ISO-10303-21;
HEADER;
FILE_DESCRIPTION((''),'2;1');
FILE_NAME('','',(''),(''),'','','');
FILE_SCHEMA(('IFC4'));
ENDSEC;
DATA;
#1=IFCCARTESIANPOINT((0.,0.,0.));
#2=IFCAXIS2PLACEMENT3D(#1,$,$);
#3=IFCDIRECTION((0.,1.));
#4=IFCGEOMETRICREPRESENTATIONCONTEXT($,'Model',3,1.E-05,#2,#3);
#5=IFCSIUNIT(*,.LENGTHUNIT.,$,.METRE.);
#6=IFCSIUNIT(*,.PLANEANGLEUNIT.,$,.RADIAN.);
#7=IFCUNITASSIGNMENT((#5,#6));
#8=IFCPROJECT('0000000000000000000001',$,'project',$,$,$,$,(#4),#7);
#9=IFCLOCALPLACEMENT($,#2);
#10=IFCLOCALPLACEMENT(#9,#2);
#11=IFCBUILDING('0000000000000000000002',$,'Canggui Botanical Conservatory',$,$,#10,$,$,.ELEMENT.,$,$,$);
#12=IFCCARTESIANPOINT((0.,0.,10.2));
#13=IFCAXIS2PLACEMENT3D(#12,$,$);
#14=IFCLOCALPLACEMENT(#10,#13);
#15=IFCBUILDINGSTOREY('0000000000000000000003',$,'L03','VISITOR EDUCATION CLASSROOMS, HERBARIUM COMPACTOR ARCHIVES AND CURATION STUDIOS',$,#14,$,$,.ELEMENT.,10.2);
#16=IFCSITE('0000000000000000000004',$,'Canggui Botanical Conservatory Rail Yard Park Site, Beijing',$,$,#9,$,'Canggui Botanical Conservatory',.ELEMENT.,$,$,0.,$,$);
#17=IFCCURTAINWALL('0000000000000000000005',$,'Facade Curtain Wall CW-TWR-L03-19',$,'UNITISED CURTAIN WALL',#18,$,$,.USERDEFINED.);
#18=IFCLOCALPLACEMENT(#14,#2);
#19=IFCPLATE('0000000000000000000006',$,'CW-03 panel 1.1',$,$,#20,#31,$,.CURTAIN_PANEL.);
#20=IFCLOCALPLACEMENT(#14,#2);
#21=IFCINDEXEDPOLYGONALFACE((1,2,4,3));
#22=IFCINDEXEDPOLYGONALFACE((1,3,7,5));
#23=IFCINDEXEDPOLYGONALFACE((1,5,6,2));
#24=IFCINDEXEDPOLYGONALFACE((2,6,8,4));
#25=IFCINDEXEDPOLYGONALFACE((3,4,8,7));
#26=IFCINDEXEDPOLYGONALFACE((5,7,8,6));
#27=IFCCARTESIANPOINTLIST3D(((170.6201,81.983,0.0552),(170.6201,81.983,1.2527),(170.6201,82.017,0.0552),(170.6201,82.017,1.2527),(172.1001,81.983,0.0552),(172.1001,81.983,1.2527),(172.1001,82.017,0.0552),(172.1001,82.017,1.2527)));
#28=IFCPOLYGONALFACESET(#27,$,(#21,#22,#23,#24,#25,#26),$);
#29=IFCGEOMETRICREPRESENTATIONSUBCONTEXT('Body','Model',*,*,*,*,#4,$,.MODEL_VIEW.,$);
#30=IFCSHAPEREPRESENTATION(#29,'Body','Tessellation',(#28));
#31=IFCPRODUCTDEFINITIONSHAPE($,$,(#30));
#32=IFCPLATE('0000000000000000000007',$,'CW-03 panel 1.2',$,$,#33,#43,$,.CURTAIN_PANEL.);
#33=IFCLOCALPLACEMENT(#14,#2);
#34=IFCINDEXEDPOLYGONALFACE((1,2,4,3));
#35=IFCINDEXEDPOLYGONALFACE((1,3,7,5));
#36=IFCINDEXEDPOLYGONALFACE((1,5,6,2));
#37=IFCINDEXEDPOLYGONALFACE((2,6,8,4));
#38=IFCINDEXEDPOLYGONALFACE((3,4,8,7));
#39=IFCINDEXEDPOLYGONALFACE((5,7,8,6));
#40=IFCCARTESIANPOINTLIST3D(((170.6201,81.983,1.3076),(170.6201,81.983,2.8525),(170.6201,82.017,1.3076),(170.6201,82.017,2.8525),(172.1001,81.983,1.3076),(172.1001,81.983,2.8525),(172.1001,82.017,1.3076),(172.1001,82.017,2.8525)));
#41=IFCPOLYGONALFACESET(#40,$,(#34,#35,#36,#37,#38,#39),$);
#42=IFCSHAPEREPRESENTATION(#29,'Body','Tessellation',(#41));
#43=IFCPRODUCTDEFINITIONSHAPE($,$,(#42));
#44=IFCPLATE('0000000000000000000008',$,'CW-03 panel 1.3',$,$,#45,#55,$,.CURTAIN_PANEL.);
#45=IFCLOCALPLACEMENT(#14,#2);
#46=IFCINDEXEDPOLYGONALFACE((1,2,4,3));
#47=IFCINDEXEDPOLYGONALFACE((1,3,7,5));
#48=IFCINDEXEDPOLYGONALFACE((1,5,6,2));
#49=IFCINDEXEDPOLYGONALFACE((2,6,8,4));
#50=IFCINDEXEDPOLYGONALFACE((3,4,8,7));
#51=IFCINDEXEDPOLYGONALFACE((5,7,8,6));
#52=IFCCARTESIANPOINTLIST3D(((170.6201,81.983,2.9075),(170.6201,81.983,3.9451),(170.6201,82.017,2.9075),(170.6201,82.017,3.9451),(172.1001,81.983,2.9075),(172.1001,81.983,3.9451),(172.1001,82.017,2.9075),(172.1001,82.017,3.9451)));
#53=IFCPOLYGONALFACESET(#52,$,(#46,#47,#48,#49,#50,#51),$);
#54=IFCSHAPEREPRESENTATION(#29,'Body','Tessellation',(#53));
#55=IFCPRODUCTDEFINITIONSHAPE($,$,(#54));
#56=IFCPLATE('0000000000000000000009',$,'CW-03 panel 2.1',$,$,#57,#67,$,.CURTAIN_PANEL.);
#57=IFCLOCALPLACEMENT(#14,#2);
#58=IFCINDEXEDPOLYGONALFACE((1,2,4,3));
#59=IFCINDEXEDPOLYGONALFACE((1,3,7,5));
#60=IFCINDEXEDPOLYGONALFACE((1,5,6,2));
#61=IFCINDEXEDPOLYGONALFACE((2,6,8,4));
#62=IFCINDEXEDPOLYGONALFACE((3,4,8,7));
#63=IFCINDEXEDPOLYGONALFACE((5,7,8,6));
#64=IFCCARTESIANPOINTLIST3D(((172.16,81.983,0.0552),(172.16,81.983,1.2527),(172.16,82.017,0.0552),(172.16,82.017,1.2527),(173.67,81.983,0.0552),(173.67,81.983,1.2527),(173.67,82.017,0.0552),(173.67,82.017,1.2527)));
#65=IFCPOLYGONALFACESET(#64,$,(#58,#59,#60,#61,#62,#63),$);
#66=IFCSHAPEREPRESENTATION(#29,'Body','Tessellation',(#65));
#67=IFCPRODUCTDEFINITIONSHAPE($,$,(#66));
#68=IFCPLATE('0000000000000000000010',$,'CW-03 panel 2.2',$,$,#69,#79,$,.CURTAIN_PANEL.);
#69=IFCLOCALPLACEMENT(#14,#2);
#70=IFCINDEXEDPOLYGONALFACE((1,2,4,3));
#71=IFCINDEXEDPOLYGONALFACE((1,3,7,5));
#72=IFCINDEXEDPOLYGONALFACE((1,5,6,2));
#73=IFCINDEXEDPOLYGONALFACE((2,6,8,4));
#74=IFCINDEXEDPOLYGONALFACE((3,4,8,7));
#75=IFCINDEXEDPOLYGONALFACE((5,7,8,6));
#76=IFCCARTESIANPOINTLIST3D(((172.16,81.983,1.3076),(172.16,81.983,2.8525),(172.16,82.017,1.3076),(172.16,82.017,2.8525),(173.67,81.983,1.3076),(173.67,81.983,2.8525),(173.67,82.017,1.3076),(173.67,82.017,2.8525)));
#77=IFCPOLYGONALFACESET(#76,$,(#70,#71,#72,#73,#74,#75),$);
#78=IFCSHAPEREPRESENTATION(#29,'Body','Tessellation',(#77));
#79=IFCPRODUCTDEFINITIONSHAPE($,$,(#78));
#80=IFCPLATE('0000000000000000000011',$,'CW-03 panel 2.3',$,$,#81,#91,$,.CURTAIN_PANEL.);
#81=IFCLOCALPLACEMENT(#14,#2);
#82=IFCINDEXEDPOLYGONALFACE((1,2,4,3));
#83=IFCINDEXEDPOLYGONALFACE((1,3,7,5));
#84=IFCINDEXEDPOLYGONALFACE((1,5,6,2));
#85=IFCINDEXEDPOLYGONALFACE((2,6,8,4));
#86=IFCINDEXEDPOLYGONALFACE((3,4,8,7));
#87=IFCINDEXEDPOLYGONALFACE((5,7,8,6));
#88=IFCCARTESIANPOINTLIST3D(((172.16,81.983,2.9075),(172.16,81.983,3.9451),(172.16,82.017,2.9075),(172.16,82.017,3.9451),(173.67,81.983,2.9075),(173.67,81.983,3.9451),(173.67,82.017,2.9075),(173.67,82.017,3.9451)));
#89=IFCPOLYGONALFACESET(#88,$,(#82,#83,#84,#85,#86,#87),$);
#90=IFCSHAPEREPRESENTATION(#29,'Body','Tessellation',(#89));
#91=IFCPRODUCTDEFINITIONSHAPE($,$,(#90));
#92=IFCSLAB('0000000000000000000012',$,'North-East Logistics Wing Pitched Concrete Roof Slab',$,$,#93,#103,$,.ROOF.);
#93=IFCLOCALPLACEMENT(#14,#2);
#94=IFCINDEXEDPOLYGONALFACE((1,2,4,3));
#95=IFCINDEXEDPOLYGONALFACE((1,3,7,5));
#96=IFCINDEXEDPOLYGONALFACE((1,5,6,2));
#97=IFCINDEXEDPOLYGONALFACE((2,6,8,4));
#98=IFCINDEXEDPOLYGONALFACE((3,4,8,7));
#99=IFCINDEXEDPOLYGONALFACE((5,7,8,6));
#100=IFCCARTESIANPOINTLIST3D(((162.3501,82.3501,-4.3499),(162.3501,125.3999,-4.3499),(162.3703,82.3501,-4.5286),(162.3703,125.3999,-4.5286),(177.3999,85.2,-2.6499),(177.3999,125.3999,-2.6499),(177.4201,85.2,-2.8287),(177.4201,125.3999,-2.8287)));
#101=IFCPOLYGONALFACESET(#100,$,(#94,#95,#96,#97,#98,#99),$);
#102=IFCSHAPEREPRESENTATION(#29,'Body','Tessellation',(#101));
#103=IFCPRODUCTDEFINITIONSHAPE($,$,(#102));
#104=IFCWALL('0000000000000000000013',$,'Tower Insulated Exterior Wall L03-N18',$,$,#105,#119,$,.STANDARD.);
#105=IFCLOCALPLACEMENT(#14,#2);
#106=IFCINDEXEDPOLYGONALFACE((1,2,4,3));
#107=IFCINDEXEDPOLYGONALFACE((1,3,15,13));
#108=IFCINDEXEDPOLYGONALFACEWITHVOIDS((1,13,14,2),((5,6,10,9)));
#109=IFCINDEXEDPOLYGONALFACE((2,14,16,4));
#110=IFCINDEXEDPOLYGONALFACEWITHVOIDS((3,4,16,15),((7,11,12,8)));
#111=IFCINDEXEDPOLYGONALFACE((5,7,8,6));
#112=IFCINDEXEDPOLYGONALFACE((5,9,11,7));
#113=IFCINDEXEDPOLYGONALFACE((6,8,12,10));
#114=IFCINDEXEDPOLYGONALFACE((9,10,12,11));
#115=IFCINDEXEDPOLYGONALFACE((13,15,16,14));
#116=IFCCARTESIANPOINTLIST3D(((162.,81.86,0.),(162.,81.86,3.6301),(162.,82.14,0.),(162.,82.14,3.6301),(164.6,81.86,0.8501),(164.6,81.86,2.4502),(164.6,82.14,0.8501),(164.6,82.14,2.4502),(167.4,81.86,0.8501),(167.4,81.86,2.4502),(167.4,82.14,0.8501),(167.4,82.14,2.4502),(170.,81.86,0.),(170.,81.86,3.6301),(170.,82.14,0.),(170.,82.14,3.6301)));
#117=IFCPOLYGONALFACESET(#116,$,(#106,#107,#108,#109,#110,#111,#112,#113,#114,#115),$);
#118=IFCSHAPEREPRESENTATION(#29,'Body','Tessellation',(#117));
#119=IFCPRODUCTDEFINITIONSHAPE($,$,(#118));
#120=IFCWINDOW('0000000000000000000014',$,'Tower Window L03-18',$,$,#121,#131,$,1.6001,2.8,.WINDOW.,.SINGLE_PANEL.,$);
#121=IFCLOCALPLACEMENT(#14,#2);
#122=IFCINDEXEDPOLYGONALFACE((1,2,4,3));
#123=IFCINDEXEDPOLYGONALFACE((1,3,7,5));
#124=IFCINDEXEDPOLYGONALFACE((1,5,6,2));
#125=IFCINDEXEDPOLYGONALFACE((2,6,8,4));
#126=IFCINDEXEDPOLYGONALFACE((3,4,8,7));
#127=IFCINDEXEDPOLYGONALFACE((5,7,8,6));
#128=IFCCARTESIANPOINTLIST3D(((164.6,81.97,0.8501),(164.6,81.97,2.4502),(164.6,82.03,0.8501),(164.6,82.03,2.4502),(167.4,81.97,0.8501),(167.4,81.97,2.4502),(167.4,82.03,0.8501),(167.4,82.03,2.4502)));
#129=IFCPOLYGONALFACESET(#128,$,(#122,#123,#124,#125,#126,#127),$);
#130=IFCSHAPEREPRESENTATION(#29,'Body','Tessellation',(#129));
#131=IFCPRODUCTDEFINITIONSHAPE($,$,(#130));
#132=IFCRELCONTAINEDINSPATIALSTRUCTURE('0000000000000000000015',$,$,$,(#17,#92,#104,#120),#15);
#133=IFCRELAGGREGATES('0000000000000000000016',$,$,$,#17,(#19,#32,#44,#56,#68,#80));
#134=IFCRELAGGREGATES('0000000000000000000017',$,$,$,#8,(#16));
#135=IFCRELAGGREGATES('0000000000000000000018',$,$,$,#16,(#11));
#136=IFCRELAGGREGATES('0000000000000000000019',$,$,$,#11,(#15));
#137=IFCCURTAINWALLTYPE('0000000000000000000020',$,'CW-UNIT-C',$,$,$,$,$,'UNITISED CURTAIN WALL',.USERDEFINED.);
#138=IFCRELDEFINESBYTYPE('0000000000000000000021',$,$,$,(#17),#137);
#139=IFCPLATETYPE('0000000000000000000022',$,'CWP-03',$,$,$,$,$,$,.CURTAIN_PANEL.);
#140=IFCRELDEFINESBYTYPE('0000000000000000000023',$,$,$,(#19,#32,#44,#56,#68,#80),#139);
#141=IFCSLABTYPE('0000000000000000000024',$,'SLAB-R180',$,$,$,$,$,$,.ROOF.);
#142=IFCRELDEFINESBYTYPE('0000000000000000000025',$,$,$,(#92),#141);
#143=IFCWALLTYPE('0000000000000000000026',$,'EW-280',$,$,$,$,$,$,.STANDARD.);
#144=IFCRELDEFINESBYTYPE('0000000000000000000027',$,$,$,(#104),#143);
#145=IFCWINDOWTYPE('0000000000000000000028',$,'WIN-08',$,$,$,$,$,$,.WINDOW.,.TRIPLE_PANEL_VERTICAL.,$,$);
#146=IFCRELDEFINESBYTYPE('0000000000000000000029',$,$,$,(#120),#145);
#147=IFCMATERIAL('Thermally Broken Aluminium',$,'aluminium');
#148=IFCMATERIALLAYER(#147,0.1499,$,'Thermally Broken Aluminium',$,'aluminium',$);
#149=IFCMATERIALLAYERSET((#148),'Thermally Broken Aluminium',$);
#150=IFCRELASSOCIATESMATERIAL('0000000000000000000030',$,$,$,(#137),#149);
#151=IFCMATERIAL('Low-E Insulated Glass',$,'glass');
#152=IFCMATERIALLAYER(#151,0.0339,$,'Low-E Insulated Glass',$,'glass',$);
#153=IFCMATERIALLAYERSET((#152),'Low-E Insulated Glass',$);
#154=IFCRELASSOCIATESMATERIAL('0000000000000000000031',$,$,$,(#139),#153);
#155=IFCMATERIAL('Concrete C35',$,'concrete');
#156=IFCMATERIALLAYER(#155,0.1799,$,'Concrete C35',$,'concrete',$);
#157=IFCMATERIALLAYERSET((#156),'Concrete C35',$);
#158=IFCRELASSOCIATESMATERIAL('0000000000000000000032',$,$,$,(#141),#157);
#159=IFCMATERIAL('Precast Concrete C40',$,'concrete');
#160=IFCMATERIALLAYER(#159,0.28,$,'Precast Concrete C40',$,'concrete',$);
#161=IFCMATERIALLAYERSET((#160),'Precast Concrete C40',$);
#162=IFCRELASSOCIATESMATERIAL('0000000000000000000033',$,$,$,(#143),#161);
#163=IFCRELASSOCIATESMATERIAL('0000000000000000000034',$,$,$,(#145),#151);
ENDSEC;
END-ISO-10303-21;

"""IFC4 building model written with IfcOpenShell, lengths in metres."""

from ifc_helpers import new_model, si_unit, direction, frame, frame_2d, origin, origin_2d, place, context, subcontext, project, spatial, polyline, rectangle, outline, extrude, material, layer, layer_set, type_object, element, fill, aggregate, save


model = new_model("IFC4")

# Units and contexts
model_context = context("Model", 3, precision=1e-05, world=origin(), true_north=direction((0.0, 1.0)))
body_context = subcontext(model_context, "Body", "Model", "MODEL_VIEW")
ifc_project = project(units=[si_unit("LENGTHUNIT", "METRE"), si_unit("PLANEANGLEUNIT", "RADIAN")], contexts=[model_context])

# Site, building, storey
site_placement = place(None, origin())
site = spatial("IfcSite", under=ifc_project, at=site_placement, Name="Canggui Botanical Conservatory Rail Yard Park Site, Beijing", LongName="Canggui Botanical Conservatory", CompositionType="ELEMENT", RefElevation=0.0)
building_placement = place(site_placement, origin())
building = spatial("IfcBuilding", under=site, at=building_placement, Name="Canggui Botanical Conservatory", CompositionType="ELEMENT")
storey_placement = place(building_placement, frame((0.0, 0.0, 10.2)))
storey = spatial("IfcBuildingStorey", under=building, at=storey_placement, Name="L03", Description="VISITOR EDUCATION CLASSROOMS, HERBARIUM COMPACTOR ARCHIVES AND CURATION STUDIOS", CompositionType="ELEMENT", Elevation=10.2)

# Shared definitions
ifc_material_1 = material(Name="Concrete C35", Category="concrete")

# Curtain wall, plates
ifc_material_2 = material(Name="Thermally Broken Aluminium", Category="aluminium")
ifc_layer_1 = layer(ifc_material_2, 0.1499, Name="Thermally Broken Aluminium", Category="aluminium")
ifc_layer_set_1 = layer_set([ifc_layer_1], Name="Thermally Broken Aluminium")
curtain_wall_type = type_object("IfcCurtainWallType", Name="CW-UNIT-C", ElementType="UNITISED CURTAIN WALL", PredefinedType="USERDEFINED", material=ifc_layer_set_1)
curtain_wall_placement = place(storey_placement, origin())
curtain_wall = element("IfcCurtainWall", 1, at=curtain_wall_placement, inside=storey, type_object=curtain_wall_type, Name="Facade Curtain Wall CW-TWR-L03-19", ObjectType="UNITISED CURTAIN WALL", PredefinedType="USERDEFINED")
ifc_material_3 = material(Name="Low-E Insulated Glass", Category="glass")
ifc_layer_2 = layer(ifc_material_3, 0.0339, Name="Low-E Insulated Glass", Category="glass")
ifc_layer_set_2 = layer_set([ifc_layer_2], Name="Low-E Insulated Glass")
plate_type = type_object("IfcPlateType", Name="CWP-03", PredefinedType="CURTAIN_PANEL", material=ifc_layer_set_2)
plate_1_placement = place(storey_placement, frame((171.3601, 82.0, 0.0552), z_axis=(0.0, 0.0, 1.0), x_axis=(1.0, 0.0, 0.0)))
plate_1 = element("IfcPlate", 2, at=plate_1_placement, type_object=plate_type, Name="CW-03 panel 1.1", PredefinedType="CURTAIN_PANEL", context=body_context, shape_type="SweptSolid", body=[
    extrude(rectangle(XDim=1.48, YDim=0.0339, at=origin_2d()), origin(), (0.0, 0.0, 1.0), 1.1975),
])
plate_2_placement = place(storey_placement, frame((171.3601, 82.0, 1.3076), z_axis=(0.0, 0.0, 1.0), x_axis=(1.0, 0.0, 0.0)))
plate_2 = element("IfcPlate", 3, at=plate_2_placement, type_object=plate_type, Name="CW-03 panel 1.2", PredefinedType="CURTAIN_PANEL", context=body_context, shape_type="SweptSolid", body=[
    extrude(rectangle(XDim=1.48, YDim=0.0339, at=origin_2d()), origin(), (0.0, 0.0, 1.0), 1.5449),
])
plate_3_placement = place(storey_placement, frame((171.3601, 82.0, 2.9075), z_axis=(0.0, 0.0, 1.0), x_axis=(1.0, 0.0, 0.0)))
plate_3 = element("IfcPlate", 4, at=plate_3_placement, type_object=plate_type, Name="CW-03 panel 1.3", PredefinedType="CURTAIN_PANEL", context=body_context, shape_type="SweptSolid", body=[
    extrude(rectangle(XDim=1.48, YDim=0.0339, at=origin_2d()), origin(), (0.0, 0.0, 1.0), 1.0376),
])
plate_4_placement = place(storey_placement, frame((172.915, 82.0, 0.0552), z_axis=(0.0, 0.0, 1.0), x_axis=(1.0, 0.0, 0.0)))
plate_4 = element("IfcPlate", 5, at=plate_4_placement, type_object=plate_type, Name="CW-03 panel 2.1", PredefinedType="CURTAIN_PANEL", context=body_context, shape_type="SweptSolid", body=[
    extrude(rectangle(XDim=1.51, YDim=0.0339, at=origin_2d()), origin(), (0.0, 0.0, 1.0), 1.1975),
])
plate_5_placement = place(storey_placement, frame((172.915, 82.0, 1.3076), z_axis=(0.0, 0.0, 1.0), x_axis=(1.0, 0.0, 0.0)))
plate_5 = element("IfcPlate", 6, at=plate_5_placement, type_object=plate_type, Name="CW-03 panel 2.2", PredefinedType="CURTAIN_PANEL", context=body_context, shape_type="SweptSolid", body=[
    extrude(rectangle(XDim=1.51, YDim=0.0339, at=origin_2d()), origin(), (0.0, 0.0, 1.0), 1.5449),
])
plate_6_placement = place(storey_placement, frame((172.915, 82.0, 2.9075), z_axis=(0.0, 0.0, 1.0), x_axis=(1.0, 0.0, 0.0)))
plate_6 = element("IfcPlate", 7, at=plate_6_placement, type_object=plate_type, Name="CW-03 panel 2.3", PredefinedType="CURTAIN_PANEL", context=body_context, shape_type="SweptSolid", body=[
    extrude(rectangle(XDim=1.51, YDim=0.0339, at=origin_2d()), origin(), (0.0, 0.0, 1.0), 1.0376),
])
aggregate(curtain_wall, [plate_1, plate_2, plate_3, plate_4, plate_5, plate_6])

# Slab
ifc_layer_3 = layer(ifc_material_1, 0.1799, Name="Concrete C35", Category="concrete")
ifc_layer_set_3 = layer_set([ifc_layer_3], Name="Concrete C35")
slab_type = type_object("IfcSlabType", Name="SLAB-R180", PredefinedType="ROOF", material=ifc_layer_set_3)
slab_placement = place(storey_placement, frame((162.3501, 82.3501, -4.3499), z_axis=(-0.112241, 0.0, 0.993681), x_axis=(0.976544, 0.18492, 0.110306)))
element("IfcSlab", 8, at=slab_placement, inside=storey, type_object=slab_type, Name="North-East Logistics Wing Pitched Concrete Roof Slab", PredefinedType="ROOF", context=body_context, shape_type="SweptSolid", body=[
    extrude(outline(polyline([(0.0, 0.0), (15.4113, 0.0), (22.8451, 39.5066), (7.9608, 42.3074), (0.0, 0.0)])), origin(), (0.0, 0.0, -1.0), 0.1799),
])

# Wall, opening, window
ifc_material_4 = material(Name="Precast Concrete C40", Category="concrete")
ifc_layer_4 = layer(ifc_material_4, 0.28, Name="Precast Concrete C40", Category="concrete")
ifc_layer_set_4 = layer_set([ifc_layer_4], Name="Precast Concrete C40")
wall_type = type_object("IfcWallType", Name="EW-280", PredefinedType="STANDARD", material=ifc_layer_set_4)
wall_placement = place(storey_placement, frame((162.0, 82.0, 0.0), z_axis=(0.0, 0.0, 1.0), x_axis=(1.0, 0.0, 0.0)))
wall = element("IfcWall", 9, at=wall_placement, inside=storey, type_object=wall_type, Name="Tower Insulated Exterior Wall L03-N18", PredefinedType="STANDARD", context=body_context, shape_type="SweptSolid", body=[
    extrude(rectangle(XDim=8.0, YDim=0.28, at=frame_2d((4.0, 0.0))), origin(), (0.0, 0.0, 1.0), 3.6301),
])
opening_placement = place(wall_placement, frame((2.6001, 0.0, 0.8501)))
opening = element("IfcOpeningElement", 10, at=opening_placement, cuts=wall, PredefinedType="OPENING", context=body_context, shape_type="SweptSolid", body=[
    extrude(rectangle(XDim=2.8, YDim=1.6001, at=frame_2d((1.3999, 0.8))), frame((0.0, 0.1499, 0.0), z_axis=(0.0, -1.0, 0.0), x_axis=(1.0, 0.0, 0.0)), (0.0, 0.0, 1.0), 0.3),
])
window_type = type_object("IfcWindowType", Name="WIN-08", PartitioningType="TRIPLE_PANEL_VERTICAL", PredefinedType="WINDOW", material=ifc_material_3)
window_placement = place(opening_placement, origin())
window = element("IfcWindow", 11, at=window_placement, inside=storey, type_object=window_type, Name="Tower Window L03-18", OverallHeight=1.6001, OverallWidth=2.8, PartitioningType="SINGLE_PANEL", PredefinedType="WINDOW", context=body_context, shape_type="SweptSolid", body=[
    extrude(rectangle(XDim=2.8, YDim=1.6001, at=frame_2d((1.3999, 0.8))), frame((0.0, 0.03, 0.0), z_axis=(0.0, -1.0, 0.0), x_axis=(1.0, 0.0, 0.0)), (0.0, 0.0, 1.0), 0.0601),
])
fill(opening, window)

save(model, "model.ifc")
